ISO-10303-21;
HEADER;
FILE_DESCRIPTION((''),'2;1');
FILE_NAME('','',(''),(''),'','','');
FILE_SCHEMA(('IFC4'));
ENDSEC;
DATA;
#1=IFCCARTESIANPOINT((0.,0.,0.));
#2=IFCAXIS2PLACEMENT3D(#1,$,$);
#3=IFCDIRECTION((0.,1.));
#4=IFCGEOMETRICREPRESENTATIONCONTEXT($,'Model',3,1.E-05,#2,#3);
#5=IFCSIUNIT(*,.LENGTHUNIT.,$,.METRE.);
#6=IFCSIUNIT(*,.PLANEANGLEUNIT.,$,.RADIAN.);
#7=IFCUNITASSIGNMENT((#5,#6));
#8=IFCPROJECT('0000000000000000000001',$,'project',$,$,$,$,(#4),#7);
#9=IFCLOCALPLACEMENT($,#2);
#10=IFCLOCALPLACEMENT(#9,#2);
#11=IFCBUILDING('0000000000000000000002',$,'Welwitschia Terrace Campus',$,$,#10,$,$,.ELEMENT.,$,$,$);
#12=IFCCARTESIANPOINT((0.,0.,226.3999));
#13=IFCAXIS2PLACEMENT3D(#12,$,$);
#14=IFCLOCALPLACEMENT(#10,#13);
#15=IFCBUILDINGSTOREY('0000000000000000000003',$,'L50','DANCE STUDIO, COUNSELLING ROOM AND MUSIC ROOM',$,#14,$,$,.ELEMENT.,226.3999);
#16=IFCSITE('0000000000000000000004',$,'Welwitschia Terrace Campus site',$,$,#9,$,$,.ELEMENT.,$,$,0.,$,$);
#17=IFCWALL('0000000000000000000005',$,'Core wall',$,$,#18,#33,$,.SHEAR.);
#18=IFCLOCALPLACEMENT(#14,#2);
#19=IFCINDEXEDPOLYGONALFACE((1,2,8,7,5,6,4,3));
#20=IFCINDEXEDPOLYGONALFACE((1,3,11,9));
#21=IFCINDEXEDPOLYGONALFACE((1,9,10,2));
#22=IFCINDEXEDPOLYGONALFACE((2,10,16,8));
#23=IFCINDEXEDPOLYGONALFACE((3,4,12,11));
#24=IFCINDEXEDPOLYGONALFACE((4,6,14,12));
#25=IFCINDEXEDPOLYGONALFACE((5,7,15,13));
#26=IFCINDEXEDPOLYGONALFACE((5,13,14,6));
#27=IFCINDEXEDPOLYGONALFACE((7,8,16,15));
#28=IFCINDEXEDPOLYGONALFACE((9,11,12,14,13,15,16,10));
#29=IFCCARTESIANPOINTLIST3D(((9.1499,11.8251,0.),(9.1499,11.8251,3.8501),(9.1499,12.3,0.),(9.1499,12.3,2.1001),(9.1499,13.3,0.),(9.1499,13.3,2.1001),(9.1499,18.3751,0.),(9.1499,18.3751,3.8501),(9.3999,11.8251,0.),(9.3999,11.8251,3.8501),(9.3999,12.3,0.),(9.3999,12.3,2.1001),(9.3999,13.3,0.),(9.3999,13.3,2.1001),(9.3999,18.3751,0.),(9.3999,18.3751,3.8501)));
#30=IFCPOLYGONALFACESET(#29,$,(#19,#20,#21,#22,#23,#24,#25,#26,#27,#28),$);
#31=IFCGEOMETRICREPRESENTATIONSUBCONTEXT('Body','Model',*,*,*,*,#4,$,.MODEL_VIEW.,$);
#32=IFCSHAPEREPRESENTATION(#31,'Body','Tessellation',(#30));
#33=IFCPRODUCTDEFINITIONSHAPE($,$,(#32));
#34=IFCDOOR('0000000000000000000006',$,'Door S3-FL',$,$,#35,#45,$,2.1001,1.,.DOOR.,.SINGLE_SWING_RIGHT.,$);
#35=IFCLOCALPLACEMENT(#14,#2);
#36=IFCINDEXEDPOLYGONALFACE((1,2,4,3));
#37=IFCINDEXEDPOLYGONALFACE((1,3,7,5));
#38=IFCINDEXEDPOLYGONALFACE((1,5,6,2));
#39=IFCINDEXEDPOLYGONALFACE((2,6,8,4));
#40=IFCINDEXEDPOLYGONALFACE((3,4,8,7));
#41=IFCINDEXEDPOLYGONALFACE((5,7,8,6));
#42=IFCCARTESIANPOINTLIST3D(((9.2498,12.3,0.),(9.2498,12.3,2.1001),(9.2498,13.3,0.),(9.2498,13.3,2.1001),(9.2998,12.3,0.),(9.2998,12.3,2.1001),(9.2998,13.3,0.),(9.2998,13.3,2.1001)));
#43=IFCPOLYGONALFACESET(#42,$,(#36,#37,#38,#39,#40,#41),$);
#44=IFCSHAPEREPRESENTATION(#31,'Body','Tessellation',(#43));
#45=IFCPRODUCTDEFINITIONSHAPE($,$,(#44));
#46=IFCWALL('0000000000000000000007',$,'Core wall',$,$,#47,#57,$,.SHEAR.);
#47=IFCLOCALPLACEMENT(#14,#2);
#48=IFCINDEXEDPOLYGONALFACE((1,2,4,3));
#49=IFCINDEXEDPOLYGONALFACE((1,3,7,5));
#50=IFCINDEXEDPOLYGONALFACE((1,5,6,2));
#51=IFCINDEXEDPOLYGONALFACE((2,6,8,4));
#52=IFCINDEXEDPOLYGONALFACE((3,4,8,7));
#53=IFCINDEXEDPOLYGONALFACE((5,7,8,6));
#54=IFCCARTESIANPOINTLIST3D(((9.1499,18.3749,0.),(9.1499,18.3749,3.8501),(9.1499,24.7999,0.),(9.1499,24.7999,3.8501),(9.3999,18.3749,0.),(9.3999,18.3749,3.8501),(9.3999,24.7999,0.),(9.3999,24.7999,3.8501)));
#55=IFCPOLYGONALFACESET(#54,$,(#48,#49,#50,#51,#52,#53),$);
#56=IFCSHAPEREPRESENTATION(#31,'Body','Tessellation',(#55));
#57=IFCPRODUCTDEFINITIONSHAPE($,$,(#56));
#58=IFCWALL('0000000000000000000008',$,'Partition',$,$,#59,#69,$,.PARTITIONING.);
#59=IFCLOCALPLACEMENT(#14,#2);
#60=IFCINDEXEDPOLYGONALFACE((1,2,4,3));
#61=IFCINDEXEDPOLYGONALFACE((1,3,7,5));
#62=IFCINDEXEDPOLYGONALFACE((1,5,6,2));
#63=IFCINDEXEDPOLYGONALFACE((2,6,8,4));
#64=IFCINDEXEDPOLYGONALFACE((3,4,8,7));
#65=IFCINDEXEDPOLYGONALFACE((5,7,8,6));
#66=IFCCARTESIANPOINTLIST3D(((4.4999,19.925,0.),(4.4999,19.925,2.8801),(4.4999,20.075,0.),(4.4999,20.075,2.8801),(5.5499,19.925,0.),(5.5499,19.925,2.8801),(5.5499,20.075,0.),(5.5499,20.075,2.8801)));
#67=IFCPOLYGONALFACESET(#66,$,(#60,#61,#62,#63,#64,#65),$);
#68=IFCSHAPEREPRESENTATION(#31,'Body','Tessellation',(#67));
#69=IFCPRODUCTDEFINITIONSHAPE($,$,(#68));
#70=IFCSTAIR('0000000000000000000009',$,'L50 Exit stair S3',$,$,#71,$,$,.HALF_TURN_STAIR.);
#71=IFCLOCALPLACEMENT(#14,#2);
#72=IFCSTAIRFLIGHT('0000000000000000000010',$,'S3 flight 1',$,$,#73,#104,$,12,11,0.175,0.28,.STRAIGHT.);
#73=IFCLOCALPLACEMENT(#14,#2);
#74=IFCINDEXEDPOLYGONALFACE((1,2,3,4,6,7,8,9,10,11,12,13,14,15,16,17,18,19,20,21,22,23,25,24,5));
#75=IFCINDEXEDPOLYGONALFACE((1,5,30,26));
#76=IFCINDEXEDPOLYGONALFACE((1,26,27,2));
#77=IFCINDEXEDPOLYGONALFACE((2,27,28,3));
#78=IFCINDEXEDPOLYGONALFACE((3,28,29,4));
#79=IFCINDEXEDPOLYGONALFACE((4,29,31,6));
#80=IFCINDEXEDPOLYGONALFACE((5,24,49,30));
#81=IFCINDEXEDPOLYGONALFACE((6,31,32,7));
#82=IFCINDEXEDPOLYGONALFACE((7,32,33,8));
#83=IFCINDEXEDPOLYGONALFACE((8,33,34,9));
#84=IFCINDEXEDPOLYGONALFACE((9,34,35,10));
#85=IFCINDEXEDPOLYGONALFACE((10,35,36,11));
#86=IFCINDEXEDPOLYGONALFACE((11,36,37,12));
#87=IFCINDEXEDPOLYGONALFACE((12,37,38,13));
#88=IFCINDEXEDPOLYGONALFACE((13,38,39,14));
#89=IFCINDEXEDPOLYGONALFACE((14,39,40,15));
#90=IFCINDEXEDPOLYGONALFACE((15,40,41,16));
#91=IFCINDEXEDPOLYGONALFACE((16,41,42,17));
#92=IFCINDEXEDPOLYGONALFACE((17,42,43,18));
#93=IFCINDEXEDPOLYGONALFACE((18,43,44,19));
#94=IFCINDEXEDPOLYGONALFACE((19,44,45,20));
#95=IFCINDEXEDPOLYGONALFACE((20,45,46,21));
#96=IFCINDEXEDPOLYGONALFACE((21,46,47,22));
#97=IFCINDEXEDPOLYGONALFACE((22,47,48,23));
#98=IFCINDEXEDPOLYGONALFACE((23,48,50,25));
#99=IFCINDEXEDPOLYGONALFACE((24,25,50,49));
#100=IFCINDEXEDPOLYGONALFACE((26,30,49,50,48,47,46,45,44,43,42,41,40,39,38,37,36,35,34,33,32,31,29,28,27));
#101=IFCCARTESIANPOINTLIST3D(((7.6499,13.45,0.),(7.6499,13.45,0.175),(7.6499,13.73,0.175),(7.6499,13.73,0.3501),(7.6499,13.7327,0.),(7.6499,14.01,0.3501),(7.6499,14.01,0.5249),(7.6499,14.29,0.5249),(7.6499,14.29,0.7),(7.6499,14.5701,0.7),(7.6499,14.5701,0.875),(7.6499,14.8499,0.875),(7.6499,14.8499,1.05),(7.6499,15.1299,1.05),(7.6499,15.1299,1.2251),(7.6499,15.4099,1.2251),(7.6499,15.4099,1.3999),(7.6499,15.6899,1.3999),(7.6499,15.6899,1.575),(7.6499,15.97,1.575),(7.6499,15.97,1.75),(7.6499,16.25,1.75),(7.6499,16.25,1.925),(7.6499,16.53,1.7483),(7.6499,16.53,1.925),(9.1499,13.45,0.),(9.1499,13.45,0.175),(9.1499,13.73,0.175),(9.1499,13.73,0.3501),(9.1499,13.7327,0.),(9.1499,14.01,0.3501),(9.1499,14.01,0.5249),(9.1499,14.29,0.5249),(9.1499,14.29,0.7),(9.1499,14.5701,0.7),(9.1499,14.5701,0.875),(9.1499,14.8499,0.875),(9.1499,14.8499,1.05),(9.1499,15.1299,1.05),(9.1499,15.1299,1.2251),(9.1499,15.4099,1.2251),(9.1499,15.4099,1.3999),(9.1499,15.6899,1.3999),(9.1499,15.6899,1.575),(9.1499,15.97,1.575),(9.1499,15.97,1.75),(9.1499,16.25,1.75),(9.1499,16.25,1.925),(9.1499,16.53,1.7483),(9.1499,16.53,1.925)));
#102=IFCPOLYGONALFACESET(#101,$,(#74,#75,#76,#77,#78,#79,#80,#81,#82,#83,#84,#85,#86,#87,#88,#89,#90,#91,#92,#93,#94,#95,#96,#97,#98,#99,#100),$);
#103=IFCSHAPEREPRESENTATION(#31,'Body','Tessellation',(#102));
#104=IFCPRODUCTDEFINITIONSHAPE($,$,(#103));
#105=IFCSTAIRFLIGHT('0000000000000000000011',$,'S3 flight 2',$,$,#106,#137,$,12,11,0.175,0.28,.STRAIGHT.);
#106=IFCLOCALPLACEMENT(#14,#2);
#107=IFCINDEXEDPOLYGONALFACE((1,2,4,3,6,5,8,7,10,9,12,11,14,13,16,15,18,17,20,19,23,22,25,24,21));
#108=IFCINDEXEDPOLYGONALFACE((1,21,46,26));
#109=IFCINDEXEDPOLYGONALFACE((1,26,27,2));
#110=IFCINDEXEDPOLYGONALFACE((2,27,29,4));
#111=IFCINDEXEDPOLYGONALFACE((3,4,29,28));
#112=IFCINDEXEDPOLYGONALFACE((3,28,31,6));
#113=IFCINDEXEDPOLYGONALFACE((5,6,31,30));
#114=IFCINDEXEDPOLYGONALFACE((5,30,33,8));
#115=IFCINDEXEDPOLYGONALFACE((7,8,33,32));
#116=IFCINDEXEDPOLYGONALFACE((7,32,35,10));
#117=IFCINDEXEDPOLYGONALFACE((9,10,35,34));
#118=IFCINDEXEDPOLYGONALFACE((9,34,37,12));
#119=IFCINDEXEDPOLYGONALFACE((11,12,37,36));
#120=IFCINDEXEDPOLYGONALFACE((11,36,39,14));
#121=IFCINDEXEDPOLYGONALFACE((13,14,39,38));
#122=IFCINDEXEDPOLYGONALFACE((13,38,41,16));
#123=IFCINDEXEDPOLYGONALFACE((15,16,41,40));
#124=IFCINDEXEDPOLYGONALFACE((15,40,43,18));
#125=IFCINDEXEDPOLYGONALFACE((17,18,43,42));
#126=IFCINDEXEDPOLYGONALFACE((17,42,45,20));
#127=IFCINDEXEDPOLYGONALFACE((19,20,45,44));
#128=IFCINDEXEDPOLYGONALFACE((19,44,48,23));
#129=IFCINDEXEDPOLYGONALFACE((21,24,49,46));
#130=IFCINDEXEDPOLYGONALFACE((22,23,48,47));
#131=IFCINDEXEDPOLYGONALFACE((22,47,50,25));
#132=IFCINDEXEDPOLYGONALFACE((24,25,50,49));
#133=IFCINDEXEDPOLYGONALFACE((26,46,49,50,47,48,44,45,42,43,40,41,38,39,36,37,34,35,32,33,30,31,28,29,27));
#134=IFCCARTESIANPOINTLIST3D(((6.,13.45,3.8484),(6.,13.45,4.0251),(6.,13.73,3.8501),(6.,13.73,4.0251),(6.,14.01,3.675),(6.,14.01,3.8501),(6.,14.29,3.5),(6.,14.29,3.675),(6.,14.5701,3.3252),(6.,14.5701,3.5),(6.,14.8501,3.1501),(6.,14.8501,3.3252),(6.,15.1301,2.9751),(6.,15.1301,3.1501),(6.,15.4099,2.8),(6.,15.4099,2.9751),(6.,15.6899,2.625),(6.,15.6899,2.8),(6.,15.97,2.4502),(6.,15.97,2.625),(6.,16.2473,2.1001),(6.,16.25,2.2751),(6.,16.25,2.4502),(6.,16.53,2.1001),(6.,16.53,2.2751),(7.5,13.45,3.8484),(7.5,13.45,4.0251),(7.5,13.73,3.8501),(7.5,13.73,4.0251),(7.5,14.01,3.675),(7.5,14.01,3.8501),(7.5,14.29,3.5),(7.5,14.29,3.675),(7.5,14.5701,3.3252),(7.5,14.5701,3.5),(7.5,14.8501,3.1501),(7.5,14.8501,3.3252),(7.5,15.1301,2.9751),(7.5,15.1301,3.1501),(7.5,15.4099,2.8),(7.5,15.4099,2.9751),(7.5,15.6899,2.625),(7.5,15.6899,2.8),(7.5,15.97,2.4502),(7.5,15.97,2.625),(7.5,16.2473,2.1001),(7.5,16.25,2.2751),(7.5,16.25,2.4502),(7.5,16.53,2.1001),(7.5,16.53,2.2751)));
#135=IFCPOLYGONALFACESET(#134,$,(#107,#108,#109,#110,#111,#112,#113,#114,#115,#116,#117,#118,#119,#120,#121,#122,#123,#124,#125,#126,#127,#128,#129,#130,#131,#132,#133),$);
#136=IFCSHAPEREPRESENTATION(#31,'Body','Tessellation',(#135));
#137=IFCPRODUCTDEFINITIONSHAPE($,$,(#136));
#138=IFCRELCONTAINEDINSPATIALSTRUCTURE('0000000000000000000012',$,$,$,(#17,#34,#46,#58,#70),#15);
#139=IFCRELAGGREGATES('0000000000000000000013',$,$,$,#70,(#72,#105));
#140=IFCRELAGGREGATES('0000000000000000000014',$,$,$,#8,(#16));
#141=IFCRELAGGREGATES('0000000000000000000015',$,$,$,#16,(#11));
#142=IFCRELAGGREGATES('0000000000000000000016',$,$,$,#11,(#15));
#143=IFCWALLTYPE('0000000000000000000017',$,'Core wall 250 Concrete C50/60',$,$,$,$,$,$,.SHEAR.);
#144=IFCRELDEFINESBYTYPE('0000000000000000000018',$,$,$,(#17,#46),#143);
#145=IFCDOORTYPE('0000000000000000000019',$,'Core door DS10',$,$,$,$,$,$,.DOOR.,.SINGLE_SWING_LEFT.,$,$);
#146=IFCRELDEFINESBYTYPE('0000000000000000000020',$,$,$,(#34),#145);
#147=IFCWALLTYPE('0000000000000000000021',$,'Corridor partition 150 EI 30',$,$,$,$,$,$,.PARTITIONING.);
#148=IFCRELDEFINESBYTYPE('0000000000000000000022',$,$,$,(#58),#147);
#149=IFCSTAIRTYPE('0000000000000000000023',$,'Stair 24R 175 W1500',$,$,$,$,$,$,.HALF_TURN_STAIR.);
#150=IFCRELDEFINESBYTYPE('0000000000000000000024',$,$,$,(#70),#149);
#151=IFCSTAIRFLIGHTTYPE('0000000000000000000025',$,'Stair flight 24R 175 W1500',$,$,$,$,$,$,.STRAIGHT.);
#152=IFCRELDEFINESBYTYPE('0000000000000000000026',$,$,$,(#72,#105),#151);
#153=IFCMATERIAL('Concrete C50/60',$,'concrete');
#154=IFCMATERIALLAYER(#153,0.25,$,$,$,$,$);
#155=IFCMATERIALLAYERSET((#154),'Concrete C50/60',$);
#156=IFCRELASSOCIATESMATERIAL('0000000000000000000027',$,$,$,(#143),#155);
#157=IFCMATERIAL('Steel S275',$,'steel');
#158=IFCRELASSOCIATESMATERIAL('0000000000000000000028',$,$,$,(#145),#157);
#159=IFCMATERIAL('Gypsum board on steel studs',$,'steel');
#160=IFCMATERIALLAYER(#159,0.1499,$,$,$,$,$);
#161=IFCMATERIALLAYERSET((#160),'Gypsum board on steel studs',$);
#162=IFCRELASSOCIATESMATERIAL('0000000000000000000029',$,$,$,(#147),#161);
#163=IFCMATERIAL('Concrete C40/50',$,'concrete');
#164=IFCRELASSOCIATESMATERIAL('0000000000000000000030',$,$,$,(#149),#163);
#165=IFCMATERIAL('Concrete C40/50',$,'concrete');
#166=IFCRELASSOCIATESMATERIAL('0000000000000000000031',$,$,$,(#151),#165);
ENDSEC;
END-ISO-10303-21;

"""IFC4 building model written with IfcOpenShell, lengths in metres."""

from ifc_helpers import new_model, si_unit, direction, frame, frame_2d, origin, place, context, subcontext, project, spatial, polyline, rectangle, outline, extrude, material, layer, layer_set, type_object, element, fill, aggregate, save


model = new_model("IFC4")

# Units and contexts
model_context = context("Model", 3, precision=1e-05, world=origin(), true_north=direction((0.0, 1.0)))
body_context = subcontext(model_context, "Body", "Model", "MODEL_VIEW")
ifc_project = project(units=[si_unit("LENGTHUNIT", "METRE"), si_unit("PLANEANGLEUNIT", "RADIAN")], contexts=[model_context])

# Site, building, storey
site_placement = place(None, origin())
site = spatial("IfcSite", under=ifc_project, at=site_placement, Name="Welwitschia Terrace Campus site", CompositionType="ELEMENT", RefElevation=0.0)
building_placement = place(site_placement, origin())
building = spatial("IfcBuilding", under=site, at=building_placement, Name="Welwitschia Terrace Campus", CompositionType="ELEMENT")
storey_placement = place(building_placement, frame((0.0, 0.0, 226.3999)))
storey = spatial("IfcBuildingStorey", under=building, at=storey_placement, Name="L50", Description="DANCE STUDIO, COUNSELLING ROOM AND MUSIC ROOM", CompositionType="ELEMENT", Elevation=226.3999)

# Shared definitions
ifc_material_1 = material(Name="Concrete C50/60", Category="concrete")
ifc_layer_1 = layer(ifc_material_1, 0.25)
ifc_layer_set_1 = layer_set([ifc_layer_1], Name="Concrete C50/60")
wall_type_1 = type_object("IfcWallType", Name="Core wall 250 Concrete C50/60", PredefinedType="SHEAR", material=ifc_layer_set_1)

# Wall, opening, door
ifc_material_2 = material(Name="Steel S275", Category="steel")
door_type_1 = type_object("IfcDoorType", Name="Core door DS10", OperationType="SINGLE_SWING_LEFT", PredefinedType="DOOR", material=ifc_material_2)
wall_1_placement = place(storey_placement, frame((9.2749, 18.375, 0.0), z_axis=(0.0, 0.0, 1.0), x_axis=(0.0, -1.0, 0.0)))
wall_1 = element("IfcWall", 1, at=wall_1_placement, inside=storey, type_object=wall_type_1, Name="Core wall", PredefinedType="SHEAR", context=body_context, shape_type="SweptSolid", body=[
    extrude(rectangle(XDim=6.55, YDim=0.25, at=frame_2d((3.2749, 0.0))), origin(), (0.0, 0.0, 1.0), 3.8501),
])
opening_1_placement = place(wall_1_placement, frame((5.075, 0.0, 0.0)))
opening_1 = element("IfcOpeningElement", 2, at=opening_1_placement, cuts=wall_1, PredefinedType="OPENING", context=body_context, shape_type="SweptSolid", body=[
    extrude(rectangle(XDim=1.0, YDim=2.1001, at=frame_2d((0.5, 1.05))), frame((0.0, 0.135, 0.0), z_axis=(0.0, -1.0, 0.0), x_axis=(1.0, 0.0, 0.0)), (0.0, 0.0, 1.0), 0.27),
])
door_1_placement = place(opening_1_placement, origin())
door_1 = element("IfcDoor", 3, at=door_1_placement, inside=storey, type_object=door_type_1, Name="Door S3-FL", OperationType="SINGLE_SWING_RIGHT", OverallHeight=2.1001, OverallWidth=1.0, PredefinedType="DOOR", context=body_context, shape_type="SweptSolid", body=[
    extrude(rectangle(XDim=1.0, YDim=2.1001, at=frame_2d((0.5, 1.05))), frame((0.0, 0.0249, 0.0), z_axis=(0.0, -1.0, 0.0), x_axis=(1.0, 0.0, 0.0)), (0.0, 0.0, 1.0), 0.05),
])
fill(opening_1, door_1)

# Walls
wall_2_placement = place(storey_placement, frame((9.2749, 18.375, 0.0), z_axis=(0.0, 0.0, 1.0), x_axis=(0.0, 1.0, 0.0)))
element("IfcWall", 4, at=wall_2_placement, inside=storey, type_object=wall_type_1, Name="Core wall", PredefinedType="SHEAR", context=body_context, shape_type="SweptSolid", body=[
    extrude(rectangle(XDim=6.425, YDim=0.25, at=frame_2d((3.2124, 0.0))), origin(), (0.0, 0.0, 1.0), 3.8501),
])
ifc_material_3 = material(Name="Gypsum board on steel studs", Category="steel")
ifc_layer_2 = layer(ifc_material_3, 0.1499)
ifc_layer_set_2 = layer_set([ifc_layer_2], Name="Gypsum board on steel studs")
wall_type_2 = type_object("IfcWallType", Name="Corridor partition 150 EI 30", PredefinedType="PARTITIONING", material=ifc_layer_set_2)
wall_3_placement = place(storey_placement, frame((4.5, 20.0, 0.0), z_axis=(0.0, 0.0, 1.0), x_axis=(1.0, 0.0, 0.0)))
element("IfcWall", 5, at=wall_3_placement, inside=storey, type_object=wall_type_2, Name="Partition", PredefinedType="PARTITIONING", context=body_context, shape_type="SweptSolid", body=[
    extrude(rectangle(XDim=1.05, YDim=0.1499, at=frame_2d((0.5249, 0.0))), origin(), (0.0, 0.0, 1.0), 2.8801),
])

# Stair, stair flights
ifc_material_4 = material(Name="Concrete C40/50", Category="concrete")
stair_type = type_object("IfcStairType", Name="Stair 24R 175 W1500", PredefinedType="HALF_TURN_STAIR", material=ifc_material_4)
stair_placement = place(storey_placement, origin())
stair = element("IfcStair", 6, at=stair_placement, inside=storey, type_object=stair_type, Name="L50 Exit stair S3", PredefinedType="HALF_TURN_STAIR")
ifc_material_5 = material(Name="Concrete C40/50", Category="concrete")
stair_flight_type = type_object("IfcStairFlightType", Name="Stair flight 24R 175 W1500", PredefinedType="STRAIGHT", material=ifc_material_5)
stair_flight_1_placement = place(storey_placement, frame((8.3999, 13.45, 0.0), z_axis=(0.0, 0.0, 1.0), x_axis=(0.0, 1.0, 0.0)))
stair_flight_1 = element("IfcStairFlight", 7, at=stair_flight_1_placement, type_object=stair_flight_type, Name="S3 flight 1", NumberOfRisers=12, NumberOfTreads=11, PredefinedType="STRAIGHT", RiserHeight=0.175, TreadLength=0.28, context=body_context, shape_type="SweptSolid", body=[
    extrude(outline(polyline([(0.0, 0.0), (0.0, 0.175), (0.28, 0.175), (0.28, 0.3501), (0.5601, 0.3501), (0.5601, 0.5249), (0.8401, 0.5249), (0.8401, 0.7), (1.1201, 0.7), (1.1201, 0.875), (1.3999, 0.875), (1.3999, 1.05), (1.6799, 1.05), (1.6799, 1.2251), (1.96, 1.2251), (1.96, 1.3999), (2.24, 1.3999), (2.24, 1.575), (2.52, 1.575), (2.52, 1.75), (2.8, 1.75), (2.8, 1.925), (3.0801, 1.925), (3.0801, 2.1001), (3.0801, 1.7483), (0.2827, 0.0), (0.0, 0.0)])), frame((0.0, 0.75, 0.0), z_axis=(0.0, -1.0, 0.0), x_axis=(1.0, 0.0, 0.0)), (0.0, 0.0, 1.0), 1.5),
])
stair_flight_2_placement = place(storey_placement, frame((6.75, 16.53, 2.1001), z_axis=(0.0, 0.0, 1.0), x_axis=(0.0, -1.0, 0.0)))
stair_flight_2 = element("IfcStairFlight", 8, at=stair_flight_2_placement, type_object=stair_flight_type, Name="S3 flight 2", NumberOfRisers=12, NumberOfTreads=11, PredefinedType="STRAIGHT", RiserHeight=0.175, TreadLength=0.28, context=body_context, shape_type="SweptSolid", body=[
    extrude(outline(polyline([(0.0, 0.0), (0.0, 0.175), (0.28, 0.175), (0.28, 0.3501), (0.5601, 0.3501), (0.5601, 0.5249), (0.8401, 0.5249), (0.8401, 0.7), (1.1201, 0.7), (1.1201, 0.875), (1.3999, 0.875), (1.3999, 1.05), (1.6799, 1.05), (1.6799, 1.2251), (1.96, 1.2251), (1.96, 1.3999), (2.24, 1.3999), (2.24, 1.575), (2.52, 1.575), (2.52, 1.75), (2.8, 1.75), (2.8, 1.925), (3.0801, 1.925), (3.0801, 2.1001), (3.0801, 1.7483), (0.2827, 0.0), (0.0, 0.0)])), frame((0.0, 0.75, 0.0), z_axis=(0.0, -1.0, 0.0), x_axis=(1.0, 0.0, 0.0)), (0.0, 0.0, 1.0), 1.5),
])
aggregate(stair, [stair_flight_1, stair_flight_2])

save(model, "model.ifc")
